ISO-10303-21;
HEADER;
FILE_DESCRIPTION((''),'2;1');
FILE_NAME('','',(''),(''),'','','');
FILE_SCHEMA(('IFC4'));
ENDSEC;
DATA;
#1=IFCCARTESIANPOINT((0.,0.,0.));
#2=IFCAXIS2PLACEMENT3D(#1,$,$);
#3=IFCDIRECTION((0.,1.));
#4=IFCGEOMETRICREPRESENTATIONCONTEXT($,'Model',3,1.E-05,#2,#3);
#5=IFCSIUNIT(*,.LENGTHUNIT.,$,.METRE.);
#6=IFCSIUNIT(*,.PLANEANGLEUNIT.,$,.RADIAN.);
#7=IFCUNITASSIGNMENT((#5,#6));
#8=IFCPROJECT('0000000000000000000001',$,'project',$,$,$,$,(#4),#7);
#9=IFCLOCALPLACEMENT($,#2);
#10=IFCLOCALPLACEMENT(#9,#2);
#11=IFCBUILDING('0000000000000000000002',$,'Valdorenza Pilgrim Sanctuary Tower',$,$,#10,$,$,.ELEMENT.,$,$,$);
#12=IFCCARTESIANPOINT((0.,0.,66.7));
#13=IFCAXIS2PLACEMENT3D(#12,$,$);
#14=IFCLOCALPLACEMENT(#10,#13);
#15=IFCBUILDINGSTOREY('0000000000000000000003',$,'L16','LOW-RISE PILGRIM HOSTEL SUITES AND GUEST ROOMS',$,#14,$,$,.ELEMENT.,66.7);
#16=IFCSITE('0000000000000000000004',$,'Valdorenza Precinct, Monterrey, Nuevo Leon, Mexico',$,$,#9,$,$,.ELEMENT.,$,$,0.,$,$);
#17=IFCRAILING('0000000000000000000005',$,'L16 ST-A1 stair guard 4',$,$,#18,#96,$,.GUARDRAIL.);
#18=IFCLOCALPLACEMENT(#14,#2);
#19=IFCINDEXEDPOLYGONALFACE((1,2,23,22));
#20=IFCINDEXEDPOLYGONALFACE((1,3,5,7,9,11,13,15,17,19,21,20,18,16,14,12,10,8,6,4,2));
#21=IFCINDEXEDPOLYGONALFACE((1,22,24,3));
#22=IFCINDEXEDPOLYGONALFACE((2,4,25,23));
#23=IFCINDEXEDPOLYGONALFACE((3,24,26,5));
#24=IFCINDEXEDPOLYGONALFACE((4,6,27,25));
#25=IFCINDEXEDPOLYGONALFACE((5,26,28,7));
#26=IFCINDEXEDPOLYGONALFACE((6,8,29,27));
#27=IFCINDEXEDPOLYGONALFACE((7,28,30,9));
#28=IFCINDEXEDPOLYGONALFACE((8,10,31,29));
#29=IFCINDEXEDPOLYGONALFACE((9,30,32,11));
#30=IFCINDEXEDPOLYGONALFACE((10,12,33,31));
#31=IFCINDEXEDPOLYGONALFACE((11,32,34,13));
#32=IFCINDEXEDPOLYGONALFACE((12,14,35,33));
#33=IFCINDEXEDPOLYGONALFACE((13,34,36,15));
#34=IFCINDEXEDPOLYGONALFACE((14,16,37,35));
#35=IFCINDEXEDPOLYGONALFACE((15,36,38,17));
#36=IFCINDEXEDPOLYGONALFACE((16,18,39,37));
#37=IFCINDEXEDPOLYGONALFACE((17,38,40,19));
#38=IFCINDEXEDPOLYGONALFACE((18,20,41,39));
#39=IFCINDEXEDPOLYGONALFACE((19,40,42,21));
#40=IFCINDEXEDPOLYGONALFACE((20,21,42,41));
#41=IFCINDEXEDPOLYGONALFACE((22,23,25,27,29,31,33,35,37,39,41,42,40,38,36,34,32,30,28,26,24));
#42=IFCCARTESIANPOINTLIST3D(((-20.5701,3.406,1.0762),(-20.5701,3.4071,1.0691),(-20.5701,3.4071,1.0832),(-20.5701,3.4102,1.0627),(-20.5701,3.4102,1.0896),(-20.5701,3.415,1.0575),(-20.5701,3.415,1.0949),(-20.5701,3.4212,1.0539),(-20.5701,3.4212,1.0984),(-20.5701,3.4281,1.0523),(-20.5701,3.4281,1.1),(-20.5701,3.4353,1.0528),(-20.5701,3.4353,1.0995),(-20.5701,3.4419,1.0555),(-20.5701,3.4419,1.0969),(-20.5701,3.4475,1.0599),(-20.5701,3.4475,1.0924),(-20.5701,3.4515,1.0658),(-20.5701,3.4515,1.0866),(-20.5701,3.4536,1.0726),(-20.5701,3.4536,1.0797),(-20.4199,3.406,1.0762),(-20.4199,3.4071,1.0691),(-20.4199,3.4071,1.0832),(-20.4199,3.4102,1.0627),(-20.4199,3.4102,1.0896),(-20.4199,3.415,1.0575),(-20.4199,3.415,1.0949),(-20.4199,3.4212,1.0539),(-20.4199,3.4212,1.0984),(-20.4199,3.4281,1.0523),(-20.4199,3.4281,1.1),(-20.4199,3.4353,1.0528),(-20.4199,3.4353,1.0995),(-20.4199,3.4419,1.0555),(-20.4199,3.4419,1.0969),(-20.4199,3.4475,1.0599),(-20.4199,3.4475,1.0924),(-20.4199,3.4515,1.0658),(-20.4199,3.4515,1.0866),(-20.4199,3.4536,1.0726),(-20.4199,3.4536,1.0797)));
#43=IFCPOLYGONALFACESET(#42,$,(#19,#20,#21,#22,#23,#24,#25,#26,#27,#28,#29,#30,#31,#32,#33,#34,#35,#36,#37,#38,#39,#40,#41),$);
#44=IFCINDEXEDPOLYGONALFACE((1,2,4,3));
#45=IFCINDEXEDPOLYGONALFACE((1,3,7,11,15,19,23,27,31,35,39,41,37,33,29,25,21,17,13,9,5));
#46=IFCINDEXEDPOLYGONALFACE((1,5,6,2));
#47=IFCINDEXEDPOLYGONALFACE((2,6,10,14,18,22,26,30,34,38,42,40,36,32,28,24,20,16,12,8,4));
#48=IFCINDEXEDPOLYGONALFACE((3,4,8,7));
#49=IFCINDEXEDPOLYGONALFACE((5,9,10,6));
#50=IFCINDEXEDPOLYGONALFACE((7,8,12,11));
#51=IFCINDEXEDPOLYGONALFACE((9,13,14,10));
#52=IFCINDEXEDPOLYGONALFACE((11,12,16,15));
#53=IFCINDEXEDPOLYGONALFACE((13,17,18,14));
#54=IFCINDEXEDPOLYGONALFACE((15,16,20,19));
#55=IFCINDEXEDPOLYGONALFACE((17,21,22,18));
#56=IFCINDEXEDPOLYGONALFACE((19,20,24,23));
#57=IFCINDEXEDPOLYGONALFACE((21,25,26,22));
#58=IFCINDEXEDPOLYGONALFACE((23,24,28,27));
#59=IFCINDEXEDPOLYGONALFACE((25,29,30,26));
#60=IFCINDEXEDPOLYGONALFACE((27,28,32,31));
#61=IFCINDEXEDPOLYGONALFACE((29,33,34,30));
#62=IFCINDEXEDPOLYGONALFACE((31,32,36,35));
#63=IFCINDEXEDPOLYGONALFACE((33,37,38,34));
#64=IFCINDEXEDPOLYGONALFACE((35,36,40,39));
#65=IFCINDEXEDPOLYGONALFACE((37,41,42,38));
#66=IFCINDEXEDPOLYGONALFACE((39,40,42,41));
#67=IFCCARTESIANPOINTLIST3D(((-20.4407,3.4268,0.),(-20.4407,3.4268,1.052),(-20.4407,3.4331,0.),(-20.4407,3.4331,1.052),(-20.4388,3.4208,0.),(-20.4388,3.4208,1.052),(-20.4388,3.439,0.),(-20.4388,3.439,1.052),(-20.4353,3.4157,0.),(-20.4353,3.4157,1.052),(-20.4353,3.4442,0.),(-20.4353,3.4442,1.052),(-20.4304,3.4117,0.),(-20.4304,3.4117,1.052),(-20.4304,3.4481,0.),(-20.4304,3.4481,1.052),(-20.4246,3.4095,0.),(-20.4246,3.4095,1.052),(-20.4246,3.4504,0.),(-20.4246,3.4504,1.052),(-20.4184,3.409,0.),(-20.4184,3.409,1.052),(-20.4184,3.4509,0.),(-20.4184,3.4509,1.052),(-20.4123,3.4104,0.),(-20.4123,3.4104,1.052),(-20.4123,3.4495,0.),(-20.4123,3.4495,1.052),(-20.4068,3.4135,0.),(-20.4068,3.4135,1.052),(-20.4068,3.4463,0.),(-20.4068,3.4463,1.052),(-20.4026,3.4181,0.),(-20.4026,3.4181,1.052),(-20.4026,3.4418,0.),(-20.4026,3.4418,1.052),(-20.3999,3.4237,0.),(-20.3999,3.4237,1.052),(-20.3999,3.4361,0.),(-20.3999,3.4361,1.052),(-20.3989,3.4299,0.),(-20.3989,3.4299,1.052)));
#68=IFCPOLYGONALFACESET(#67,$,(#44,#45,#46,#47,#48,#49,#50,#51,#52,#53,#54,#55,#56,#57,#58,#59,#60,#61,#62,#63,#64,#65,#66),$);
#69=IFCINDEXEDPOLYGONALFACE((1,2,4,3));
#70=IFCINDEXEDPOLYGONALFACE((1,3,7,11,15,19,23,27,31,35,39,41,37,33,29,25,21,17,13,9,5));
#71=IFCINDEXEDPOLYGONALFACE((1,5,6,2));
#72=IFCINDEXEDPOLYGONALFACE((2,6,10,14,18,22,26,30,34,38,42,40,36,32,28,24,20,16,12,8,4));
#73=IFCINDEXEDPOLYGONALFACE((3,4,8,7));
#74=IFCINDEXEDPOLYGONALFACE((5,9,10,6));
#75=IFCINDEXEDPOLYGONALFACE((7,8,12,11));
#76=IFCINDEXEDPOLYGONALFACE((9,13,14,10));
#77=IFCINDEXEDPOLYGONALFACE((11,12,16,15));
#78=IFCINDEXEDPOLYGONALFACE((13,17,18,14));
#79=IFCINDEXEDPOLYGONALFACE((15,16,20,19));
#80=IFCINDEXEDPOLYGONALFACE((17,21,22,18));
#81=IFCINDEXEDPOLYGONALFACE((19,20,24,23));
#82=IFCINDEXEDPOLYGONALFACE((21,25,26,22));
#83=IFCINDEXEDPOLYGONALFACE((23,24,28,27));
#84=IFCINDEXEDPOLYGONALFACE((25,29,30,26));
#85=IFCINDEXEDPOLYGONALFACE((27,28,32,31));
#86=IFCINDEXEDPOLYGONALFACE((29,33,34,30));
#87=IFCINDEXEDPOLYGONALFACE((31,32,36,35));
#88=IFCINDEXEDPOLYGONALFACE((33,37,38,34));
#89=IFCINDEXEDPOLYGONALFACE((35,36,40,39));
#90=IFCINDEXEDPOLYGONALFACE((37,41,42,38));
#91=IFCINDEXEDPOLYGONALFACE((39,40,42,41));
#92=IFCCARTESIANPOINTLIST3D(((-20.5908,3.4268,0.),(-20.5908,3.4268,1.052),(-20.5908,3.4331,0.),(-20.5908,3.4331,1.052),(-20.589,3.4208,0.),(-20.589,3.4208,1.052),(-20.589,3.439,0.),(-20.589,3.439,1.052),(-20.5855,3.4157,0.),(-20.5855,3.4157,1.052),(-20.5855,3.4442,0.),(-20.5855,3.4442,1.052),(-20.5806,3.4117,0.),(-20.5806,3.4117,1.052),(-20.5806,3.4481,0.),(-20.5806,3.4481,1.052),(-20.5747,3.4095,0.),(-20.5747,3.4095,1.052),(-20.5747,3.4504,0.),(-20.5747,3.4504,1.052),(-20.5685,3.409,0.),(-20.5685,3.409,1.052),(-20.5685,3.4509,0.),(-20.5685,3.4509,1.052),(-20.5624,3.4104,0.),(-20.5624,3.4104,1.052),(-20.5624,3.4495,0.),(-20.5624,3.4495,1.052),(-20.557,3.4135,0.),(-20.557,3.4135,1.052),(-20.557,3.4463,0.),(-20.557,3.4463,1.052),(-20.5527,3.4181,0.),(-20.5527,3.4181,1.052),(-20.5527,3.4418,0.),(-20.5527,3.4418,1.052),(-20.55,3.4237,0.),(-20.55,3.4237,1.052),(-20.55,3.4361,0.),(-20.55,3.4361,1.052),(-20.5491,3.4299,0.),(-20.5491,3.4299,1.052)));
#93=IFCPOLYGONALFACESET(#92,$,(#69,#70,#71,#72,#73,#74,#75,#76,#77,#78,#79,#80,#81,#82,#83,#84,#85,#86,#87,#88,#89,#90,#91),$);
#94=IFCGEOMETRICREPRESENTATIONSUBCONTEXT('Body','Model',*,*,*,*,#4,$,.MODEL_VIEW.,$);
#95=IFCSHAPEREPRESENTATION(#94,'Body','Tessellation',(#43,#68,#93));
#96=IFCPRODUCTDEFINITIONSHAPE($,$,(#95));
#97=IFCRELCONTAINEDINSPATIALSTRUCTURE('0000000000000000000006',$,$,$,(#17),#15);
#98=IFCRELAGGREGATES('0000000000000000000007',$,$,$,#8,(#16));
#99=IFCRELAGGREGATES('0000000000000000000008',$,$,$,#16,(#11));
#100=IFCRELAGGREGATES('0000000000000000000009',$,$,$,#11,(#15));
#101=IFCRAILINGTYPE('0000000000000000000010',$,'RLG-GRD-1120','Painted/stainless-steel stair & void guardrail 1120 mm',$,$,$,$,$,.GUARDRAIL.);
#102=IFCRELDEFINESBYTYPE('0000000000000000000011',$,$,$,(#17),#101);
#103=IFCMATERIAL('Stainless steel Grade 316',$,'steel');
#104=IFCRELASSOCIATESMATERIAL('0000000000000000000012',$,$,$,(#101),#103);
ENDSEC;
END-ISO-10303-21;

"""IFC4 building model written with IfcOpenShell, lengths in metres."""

from ifc_helpers import new_model, si_unit, direction, frame, origin, origin_2d, place, context, subcontext, project, spatial, circle, extrude, material, type_object, element, save


model = new_model("IFC4")

# Units and contexts
model_context = context("Model", 3, precision=1e-05, world=origin(), true_north=direction((0.0, 1.0)))
body_context = subcontext(model_context, "Body", "Model", "MODEL_VIEW")
ifc_project = project(units=[si_unit("LENGTHUNIT", "METRE"), si_unit("PLANEANGLEUNIT", "RADIAN")], contexts=[model_context])

# Site, building, storey
site_placement = place(None, origin())
site = spatial("IfcSite", under=ifc_project, at=site_placement, Name="Valdorenza Precinct, Monterrey, Nuevo Leon, Mexico", CompositionType="ELEMENT", RefElevation=0.0)
building_placement = place(site_placement, origin())
building = spatial("IfcBuilding", under=site, at=building_placement, Name="Valdorenza Pilgrim Sanctuary Tower", CompositionType="ELEMENT")
storey_placement = place(building_placement, frame((0.0, 0.0, 66.7)))
storey = spatial("IfcBuildingStorey", under=building, at=storey_placement, Name="L16", Description="LOW-RISE PILGRIM HOSTEL SUITES AND GUEST ROOMS", CompositionType="ELEMENT", Elevation=66.7)

# Railing
ifc_material_1 = material(Name="Stainless steel Grade 316", Category="steel")
railing_type = type_object("IfcRailingType", Name="RLG-GRD-1120", Description="Painted/stainless-steel stair & void guardrail 1120 mm", PredefinedType="GUARDRAIL", material=ifc_material_1)
railing_1_placement = place(storey_placement, frame((-20.4199, 3.4299, 0.0)))
element("IfcRailing", 1, at=railing_1_placement, inside=storey, type_object=railing_type, Name="L16 ST-A1 stair guard 4", PredefinedType="GUARDRAIL", context=body_context, shape_type="SweptSolid", body=[
    extrude(circle(Radius=0.0239, at=origin_2d()), frame((0.0, 0.0, 1.0762), z_axis=(-1.0, 0.0, 0.0), x_axis=(0.0, -1.0, 0.0)), (0.0, 0.0, 1.0), 0.1501),
    extrude(circle(Radius=0.021, at=origin_2d()), origin(), (0.0, 0.0, 1.0), 1.052),
    extrude(circle(Radius=0.021, at=origin_2d()), frame((-0.1501, 0.0, 0.0)), (0.0, 0.0, 1.0), 1.052),
])

save(model, "model.ifc")
